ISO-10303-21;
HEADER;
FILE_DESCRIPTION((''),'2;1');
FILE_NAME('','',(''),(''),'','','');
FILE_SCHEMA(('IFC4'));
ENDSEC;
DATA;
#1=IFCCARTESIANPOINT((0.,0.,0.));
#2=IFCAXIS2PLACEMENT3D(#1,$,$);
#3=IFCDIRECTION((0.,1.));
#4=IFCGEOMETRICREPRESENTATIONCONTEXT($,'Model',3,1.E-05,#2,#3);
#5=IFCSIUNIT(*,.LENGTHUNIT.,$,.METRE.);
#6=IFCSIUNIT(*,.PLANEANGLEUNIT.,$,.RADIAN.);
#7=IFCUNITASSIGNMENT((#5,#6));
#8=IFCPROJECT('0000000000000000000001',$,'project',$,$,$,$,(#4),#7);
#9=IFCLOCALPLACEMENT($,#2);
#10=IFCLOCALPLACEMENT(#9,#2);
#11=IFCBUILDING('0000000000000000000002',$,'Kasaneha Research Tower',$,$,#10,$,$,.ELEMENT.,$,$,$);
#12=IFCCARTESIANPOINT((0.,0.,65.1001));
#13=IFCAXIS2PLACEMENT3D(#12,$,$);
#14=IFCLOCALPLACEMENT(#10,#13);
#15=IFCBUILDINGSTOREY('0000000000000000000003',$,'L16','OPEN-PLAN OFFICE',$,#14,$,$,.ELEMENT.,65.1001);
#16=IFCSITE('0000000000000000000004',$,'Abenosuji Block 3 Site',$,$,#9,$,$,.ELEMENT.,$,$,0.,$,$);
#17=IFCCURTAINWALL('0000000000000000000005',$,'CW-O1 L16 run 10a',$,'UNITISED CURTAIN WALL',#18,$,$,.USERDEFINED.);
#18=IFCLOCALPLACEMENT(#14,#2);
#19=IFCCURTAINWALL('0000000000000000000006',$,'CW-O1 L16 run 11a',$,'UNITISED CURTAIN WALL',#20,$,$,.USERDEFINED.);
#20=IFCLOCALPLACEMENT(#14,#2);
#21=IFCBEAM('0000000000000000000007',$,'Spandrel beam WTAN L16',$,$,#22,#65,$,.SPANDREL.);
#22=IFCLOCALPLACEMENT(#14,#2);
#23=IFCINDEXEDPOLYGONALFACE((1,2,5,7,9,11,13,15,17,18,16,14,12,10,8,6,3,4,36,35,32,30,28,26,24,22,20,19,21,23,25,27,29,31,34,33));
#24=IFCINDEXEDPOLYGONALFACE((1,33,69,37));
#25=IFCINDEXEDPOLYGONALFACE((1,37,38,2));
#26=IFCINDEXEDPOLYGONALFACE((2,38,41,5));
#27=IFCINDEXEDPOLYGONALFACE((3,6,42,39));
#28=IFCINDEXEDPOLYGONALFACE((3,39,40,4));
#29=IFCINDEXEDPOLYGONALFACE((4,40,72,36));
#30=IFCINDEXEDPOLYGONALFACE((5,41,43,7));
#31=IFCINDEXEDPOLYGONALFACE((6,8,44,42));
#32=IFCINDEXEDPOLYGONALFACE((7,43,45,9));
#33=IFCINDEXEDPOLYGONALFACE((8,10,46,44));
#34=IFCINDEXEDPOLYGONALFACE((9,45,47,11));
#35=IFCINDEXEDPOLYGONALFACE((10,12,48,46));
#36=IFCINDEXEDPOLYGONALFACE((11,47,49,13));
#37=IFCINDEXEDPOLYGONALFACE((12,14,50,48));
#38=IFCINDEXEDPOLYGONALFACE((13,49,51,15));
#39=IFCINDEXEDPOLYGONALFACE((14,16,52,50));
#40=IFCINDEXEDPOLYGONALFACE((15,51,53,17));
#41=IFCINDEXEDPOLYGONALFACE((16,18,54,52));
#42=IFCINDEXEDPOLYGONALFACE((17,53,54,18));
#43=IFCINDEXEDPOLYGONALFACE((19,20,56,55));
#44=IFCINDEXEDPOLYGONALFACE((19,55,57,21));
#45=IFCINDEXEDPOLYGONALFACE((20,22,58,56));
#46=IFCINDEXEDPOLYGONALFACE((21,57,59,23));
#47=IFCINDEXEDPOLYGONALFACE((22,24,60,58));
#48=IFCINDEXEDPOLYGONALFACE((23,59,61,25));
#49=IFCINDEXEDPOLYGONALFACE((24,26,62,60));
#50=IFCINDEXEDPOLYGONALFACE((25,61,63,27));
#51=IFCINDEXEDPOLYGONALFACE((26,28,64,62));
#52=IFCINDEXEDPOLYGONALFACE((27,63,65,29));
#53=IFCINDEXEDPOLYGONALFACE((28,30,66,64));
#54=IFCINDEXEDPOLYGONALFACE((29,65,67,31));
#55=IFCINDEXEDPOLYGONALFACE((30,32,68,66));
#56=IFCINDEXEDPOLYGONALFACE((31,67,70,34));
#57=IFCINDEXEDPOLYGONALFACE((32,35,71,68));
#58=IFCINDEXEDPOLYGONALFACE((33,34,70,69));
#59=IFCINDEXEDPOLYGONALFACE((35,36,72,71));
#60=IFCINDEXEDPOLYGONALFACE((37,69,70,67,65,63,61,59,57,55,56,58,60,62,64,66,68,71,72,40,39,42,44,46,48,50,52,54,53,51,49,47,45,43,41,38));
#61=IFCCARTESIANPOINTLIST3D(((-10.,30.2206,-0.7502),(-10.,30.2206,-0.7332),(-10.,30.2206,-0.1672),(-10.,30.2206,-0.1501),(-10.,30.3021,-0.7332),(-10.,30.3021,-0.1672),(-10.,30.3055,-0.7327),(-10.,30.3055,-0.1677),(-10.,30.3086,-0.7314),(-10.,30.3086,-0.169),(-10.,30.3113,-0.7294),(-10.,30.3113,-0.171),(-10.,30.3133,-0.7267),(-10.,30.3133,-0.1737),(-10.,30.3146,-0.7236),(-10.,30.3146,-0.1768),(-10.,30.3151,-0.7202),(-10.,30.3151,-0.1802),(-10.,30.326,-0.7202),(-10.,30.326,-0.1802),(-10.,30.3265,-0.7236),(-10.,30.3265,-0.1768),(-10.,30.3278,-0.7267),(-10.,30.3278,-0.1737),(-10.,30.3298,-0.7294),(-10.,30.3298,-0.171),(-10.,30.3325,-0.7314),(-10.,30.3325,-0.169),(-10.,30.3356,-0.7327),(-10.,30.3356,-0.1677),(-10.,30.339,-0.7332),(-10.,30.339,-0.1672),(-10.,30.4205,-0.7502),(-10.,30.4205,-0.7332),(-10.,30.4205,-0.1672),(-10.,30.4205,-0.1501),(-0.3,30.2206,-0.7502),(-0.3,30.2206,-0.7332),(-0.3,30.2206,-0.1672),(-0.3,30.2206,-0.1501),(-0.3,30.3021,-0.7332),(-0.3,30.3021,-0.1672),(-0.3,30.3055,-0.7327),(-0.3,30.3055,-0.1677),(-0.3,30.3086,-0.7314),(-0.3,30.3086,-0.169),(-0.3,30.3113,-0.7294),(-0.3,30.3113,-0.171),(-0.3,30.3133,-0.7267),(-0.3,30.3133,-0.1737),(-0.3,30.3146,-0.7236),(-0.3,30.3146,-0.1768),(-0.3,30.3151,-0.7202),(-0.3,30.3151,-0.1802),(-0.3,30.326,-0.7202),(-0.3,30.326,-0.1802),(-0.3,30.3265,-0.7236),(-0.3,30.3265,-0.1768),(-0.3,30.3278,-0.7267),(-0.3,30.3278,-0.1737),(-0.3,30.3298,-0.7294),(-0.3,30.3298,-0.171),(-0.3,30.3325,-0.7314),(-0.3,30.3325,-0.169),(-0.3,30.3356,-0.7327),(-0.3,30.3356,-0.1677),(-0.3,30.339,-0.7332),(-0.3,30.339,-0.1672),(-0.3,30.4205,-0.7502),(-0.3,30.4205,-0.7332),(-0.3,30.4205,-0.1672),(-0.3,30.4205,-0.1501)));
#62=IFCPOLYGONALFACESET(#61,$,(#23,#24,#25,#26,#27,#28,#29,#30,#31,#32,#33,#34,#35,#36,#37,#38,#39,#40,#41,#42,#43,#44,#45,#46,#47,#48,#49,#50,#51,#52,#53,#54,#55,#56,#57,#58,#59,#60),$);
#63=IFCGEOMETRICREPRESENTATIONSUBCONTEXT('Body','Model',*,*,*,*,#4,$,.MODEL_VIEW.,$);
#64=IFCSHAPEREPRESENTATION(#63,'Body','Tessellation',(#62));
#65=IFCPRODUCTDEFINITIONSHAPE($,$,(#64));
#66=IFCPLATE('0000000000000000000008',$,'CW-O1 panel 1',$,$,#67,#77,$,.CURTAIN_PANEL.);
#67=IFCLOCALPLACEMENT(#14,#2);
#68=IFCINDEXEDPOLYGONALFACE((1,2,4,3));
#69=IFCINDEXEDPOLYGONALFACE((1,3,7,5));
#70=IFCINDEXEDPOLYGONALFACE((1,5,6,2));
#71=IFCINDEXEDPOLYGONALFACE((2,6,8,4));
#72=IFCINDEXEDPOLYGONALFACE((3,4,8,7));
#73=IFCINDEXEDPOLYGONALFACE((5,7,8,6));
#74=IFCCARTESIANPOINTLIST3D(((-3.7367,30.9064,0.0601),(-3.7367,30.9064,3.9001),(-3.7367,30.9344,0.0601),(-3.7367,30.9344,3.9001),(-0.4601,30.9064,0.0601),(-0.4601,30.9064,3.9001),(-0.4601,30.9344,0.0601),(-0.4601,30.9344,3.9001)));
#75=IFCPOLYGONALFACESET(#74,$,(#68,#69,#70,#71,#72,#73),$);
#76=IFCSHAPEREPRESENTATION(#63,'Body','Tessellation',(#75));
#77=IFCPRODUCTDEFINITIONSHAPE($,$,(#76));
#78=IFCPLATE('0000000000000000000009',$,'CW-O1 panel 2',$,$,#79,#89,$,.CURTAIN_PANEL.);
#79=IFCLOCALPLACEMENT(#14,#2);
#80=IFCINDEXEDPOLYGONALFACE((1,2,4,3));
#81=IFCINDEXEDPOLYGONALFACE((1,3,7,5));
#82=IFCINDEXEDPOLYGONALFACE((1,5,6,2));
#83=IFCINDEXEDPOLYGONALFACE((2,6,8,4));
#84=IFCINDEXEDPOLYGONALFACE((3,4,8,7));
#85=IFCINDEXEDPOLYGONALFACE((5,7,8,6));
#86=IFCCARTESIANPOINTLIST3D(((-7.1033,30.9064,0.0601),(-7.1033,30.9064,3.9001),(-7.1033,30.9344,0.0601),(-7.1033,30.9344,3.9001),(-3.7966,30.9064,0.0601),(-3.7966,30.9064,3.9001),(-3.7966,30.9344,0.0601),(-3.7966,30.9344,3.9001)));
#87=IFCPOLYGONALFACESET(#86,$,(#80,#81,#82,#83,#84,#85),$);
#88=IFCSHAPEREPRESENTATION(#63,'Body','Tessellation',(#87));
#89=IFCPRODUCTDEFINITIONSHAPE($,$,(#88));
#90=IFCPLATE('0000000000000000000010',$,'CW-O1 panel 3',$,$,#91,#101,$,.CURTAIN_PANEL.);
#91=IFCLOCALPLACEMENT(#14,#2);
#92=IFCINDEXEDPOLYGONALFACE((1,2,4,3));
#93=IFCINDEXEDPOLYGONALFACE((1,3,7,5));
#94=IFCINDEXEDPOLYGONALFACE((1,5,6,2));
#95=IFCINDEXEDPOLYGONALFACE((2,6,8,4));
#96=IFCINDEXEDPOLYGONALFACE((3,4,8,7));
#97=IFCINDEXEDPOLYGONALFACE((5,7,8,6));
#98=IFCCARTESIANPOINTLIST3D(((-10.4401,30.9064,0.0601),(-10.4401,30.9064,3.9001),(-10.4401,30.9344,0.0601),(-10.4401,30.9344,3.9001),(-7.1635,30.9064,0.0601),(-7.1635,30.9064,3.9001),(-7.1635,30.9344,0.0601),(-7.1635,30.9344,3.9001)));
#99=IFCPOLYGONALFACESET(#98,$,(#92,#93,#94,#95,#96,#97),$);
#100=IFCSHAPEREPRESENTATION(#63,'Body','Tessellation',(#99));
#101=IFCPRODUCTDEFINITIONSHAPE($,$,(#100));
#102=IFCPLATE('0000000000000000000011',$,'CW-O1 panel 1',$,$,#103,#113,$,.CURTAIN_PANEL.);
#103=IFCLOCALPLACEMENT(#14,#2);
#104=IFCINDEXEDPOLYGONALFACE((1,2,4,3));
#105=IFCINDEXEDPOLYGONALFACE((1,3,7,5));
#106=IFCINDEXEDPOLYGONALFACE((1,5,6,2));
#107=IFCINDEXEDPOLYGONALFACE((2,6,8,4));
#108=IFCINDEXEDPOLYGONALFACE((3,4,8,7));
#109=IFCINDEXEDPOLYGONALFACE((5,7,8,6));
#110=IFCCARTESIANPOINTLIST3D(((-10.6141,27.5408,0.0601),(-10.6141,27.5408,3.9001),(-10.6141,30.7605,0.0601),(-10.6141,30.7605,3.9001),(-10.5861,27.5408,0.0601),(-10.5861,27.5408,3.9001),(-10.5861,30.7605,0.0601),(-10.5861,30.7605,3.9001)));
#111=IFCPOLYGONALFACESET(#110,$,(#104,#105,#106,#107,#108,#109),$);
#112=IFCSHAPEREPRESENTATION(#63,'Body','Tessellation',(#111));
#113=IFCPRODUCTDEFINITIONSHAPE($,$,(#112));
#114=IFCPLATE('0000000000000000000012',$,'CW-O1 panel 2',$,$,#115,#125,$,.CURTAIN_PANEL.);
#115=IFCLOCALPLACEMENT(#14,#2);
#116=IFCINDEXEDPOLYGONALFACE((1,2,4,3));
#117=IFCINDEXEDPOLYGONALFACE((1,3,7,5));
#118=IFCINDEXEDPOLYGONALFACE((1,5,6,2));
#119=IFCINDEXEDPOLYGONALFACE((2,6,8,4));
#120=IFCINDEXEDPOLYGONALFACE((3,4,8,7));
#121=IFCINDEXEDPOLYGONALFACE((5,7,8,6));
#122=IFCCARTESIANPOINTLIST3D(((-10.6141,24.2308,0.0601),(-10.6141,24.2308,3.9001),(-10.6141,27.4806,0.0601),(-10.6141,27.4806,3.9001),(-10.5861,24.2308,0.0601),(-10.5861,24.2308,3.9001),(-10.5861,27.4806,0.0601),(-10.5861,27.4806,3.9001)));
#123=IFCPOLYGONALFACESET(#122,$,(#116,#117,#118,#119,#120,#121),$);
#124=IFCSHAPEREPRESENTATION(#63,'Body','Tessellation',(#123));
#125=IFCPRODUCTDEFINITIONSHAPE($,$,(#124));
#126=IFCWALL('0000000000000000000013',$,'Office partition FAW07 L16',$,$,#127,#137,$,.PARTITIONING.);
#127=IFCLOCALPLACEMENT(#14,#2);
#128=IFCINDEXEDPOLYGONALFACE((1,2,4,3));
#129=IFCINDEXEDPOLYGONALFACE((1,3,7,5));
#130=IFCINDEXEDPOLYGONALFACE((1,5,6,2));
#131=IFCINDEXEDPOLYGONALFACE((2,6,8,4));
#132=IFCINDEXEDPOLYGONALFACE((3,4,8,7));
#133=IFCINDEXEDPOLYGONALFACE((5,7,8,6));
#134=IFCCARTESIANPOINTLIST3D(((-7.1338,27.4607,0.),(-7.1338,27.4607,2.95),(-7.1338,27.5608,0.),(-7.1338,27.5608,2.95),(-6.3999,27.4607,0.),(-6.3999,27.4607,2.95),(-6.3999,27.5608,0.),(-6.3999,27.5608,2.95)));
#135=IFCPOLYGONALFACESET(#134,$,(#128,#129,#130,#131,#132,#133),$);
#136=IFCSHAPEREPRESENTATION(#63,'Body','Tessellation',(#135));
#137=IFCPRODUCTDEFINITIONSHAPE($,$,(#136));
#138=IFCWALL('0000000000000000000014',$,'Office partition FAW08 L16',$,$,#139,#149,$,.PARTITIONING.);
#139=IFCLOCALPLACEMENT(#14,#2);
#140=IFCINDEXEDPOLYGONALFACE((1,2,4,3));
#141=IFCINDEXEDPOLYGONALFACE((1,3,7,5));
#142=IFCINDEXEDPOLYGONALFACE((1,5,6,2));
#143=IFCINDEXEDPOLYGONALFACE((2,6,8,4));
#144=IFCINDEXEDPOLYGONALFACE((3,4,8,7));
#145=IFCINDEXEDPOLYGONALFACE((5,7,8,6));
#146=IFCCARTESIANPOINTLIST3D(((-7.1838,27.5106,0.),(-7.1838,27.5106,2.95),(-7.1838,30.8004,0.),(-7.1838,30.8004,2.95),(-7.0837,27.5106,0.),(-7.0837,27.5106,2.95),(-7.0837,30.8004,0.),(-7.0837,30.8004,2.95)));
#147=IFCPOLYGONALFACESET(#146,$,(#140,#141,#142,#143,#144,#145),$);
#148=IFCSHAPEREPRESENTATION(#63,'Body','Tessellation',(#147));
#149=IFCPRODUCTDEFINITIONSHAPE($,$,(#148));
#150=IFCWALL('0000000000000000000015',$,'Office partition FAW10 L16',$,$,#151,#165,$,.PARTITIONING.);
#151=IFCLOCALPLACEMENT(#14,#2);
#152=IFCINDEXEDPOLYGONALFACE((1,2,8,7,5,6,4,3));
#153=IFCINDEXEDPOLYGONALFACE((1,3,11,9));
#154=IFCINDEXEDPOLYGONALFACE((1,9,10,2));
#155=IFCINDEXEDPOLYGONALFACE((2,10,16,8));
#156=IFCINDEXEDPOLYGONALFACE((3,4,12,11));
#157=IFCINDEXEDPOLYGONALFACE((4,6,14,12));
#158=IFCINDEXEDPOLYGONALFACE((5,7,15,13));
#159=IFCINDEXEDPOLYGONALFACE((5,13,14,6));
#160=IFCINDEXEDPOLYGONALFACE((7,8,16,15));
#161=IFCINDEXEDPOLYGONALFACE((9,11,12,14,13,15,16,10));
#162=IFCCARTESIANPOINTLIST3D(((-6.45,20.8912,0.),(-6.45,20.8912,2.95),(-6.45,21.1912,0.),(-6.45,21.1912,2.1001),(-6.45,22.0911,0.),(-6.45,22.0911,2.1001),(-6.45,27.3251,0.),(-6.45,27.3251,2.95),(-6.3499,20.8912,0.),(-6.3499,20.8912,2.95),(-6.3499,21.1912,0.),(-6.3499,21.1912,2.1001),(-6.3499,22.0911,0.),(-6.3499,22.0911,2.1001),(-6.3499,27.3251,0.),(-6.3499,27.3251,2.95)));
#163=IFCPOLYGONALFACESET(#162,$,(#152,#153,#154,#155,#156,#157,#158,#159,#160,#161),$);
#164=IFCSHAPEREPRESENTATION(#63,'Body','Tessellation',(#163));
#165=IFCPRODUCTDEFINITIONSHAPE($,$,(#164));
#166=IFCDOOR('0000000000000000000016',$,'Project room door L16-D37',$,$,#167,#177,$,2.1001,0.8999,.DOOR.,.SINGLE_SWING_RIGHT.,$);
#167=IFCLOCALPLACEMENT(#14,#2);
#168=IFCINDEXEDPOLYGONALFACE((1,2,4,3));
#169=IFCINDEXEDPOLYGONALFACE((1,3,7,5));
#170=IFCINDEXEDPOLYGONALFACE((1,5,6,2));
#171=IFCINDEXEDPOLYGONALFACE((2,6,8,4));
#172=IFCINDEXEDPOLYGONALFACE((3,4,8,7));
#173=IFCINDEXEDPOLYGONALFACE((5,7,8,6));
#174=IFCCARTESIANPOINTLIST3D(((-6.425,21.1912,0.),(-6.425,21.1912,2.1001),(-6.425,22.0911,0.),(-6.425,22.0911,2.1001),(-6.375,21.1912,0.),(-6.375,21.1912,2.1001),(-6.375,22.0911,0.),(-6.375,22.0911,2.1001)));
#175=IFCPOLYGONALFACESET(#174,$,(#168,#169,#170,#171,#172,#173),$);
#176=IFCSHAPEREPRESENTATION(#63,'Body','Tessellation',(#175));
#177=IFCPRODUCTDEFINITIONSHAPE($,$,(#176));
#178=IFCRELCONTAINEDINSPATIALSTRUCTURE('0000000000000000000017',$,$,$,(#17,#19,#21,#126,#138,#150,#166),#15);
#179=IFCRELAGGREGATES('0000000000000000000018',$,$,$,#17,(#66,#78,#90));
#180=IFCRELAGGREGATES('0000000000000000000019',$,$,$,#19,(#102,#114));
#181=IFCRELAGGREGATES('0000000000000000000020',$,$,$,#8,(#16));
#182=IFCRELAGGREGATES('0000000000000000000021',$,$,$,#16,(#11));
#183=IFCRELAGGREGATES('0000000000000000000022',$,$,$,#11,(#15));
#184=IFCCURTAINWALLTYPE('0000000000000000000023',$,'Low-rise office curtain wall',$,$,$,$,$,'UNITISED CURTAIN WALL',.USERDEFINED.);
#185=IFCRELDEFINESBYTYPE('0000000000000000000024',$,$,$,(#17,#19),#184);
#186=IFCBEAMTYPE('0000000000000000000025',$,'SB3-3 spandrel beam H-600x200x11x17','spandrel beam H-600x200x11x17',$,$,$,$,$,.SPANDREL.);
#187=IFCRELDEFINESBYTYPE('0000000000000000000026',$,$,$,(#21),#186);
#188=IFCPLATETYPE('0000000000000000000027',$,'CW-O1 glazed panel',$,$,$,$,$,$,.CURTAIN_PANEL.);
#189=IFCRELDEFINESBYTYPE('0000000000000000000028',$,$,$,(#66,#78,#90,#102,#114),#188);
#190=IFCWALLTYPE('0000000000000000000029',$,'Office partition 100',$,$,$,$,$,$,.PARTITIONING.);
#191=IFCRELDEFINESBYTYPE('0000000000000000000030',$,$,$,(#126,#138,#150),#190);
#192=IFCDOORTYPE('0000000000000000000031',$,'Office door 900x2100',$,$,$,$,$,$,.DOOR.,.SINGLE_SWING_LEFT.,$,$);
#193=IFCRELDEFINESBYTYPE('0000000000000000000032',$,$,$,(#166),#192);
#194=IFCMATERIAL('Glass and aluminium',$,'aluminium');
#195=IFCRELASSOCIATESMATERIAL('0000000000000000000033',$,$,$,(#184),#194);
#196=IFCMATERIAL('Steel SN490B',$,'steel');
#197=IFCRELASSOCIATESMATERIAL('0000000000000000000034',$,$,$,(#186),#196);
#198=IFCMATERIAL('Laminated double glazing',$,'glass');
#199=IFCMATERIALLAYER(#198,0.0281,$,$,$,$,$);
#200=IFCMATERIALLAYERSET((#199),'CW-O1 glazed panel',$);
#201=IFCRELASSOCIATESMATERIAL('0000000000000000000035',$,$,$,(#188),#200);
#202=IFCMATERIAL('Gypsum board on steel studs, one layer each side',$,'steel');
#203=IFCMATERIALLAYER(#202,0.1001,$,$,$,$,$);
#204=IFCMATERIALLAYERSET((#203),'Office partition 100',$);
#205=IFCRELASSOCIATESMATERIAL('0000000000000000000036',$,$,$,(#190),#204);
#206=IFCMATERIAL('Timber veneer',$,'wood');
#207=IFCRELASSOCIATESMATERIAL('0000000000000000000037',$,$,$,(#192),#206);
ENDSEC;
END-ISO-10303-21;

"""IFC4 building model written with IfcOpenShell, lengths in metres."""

from ifc_helpers import new_model, si_unit, direction, frame, frame_2d, origin, origin_2d, place, context, subcontext, project, spatial, rectangle, i_section, extrude, material, layer, layer_set, material_profile, profile_set, type_object, element, fill, aggregate, save


model = new_model("IFC4")

# Units and contexts
model_context = context("Model", 3, precision=1e-05, world=origin(), true_north=direction((0.0, 1.0)))
body_context = subcontext(model_context, "Body", "Model", "MODEL_VIEW")
ifc_project = project(units=[si_unit("LENGTHUNIT", "METRE"), si_unit("PLANEANGLEUNIT", "RADIAN")], contexts=[model_context])

# Site, building, storey
site_placement = place(None, origin())
site = spatial("IfcSite", under=ifc_project, at=site_placement, Name="Abenosuji Block 3 Site", CompositionType="ELEMENT", RefElevation=0.0)
building_placement = place(site_placement, origin())
building = spatial("IfcBuilding", under=site, at=building_placement, Name="Kasaneha Research Tower", CompositionType="ELEMENT")
storey_placement = place(building_placement, frame((0.0, 0.0, 65.1001)))
storey = spatial("IfcBuildingStorey", under=building, at=storey_placement, Name="L16", Description="OPEN-PLAN OFFICE", CompositionType="ELEMENT", Elevation=65.1001)

# Curtain walls
ifc_material_1 = material(Name="Glass and aluminium", Category="aluminium")
curtain_wall_type = type_object("IfcCurtainWallType", Name="Low-rise office curtain wall", ElementType="UNITISED CURTAIN WALL", PredefinedType="USERDEFINED", material=ifc_material_1)
curtain_wall_1_placement = place(storey_placement, origin())
curtain_wall_1 = element("IfcCurtainWall", 1, at=curtain_wall_1_placement, inside=storey, type_object=curtain_wall_type, Name="CW-O1 L16 run 10a", ObjectType="UNITISED CURTAIN WALL", PredefinedType="USERDEFINED")
curtain_wall_2_placement = place(storey_placement, origin())
curtain_wall_2 = element("IfcCurtainWall", 2, at=curtain_wall_2_placement, inside=storey, type_object=curtain_wall_type, Name="CW-O1 L16 run 11a", ObjectType="UNITISED CURTAIN WALL", PredefinedType="USERDEFINED")

# Beam
ifc_material_2 = material(Name="Steel SN490B", Category="steel")
ifc_material_profile_1 = material_profile(ifc_material_2, i_section(OverallWidth=0.2, OverallDepth=0.6001, WebThickness=0.011, FlangeThickness=0.0171, FilletRadius=0.0129, at=origin_2d()), Name="H-600x200x11x17")
ifc_profile_set_1 = profile_set([ifc_material_profile_1], Name="Steel SN490B")
beam_type_1 = type_object("IfcBeamType", Name="SB3-3 spandrel beam H-600x200x11x17", Description="spandrel beam H-600x200x11x17", PredefinedType="SPANDREL", material=ifc_profile_set_1)
beam_1_placement = place(storey_placement, frame((-10.0, 30.3206, -0.4502), z_axis=(1.0, 0.0, 0.0), x_axis=(0.0, 1.0, 0.0)))
element("IfcBeam", 3, at=beam_1_placement, inside=storey, type_object=beam_type_1, Name="Spandrel beam WTAN L16", PredefinedType="SPANDREL", context=body_context, shape_type="SweptSolid", body=[
    extrude(i_section(OverallWidth=0.2, OverallDepth=0.6001, WebThickness=0.011, FlangeThickness=0.0171, FilletRadius=0.0129, at=origin_2d()), origin(), (0.0, 0.0, 1.0), 9.7),
])

# Plates
ifc_material_3 = material(Name="Laminated double glazing", Category="glass")
ifc_layer_1 = layer(ifc_material_3, 0.0281)
ifc_layer_set_1 = layer_set([ifc_layer_1], Name="CW-O1 glazed panel")
plate_type = type_object("IfcPlateType", Name="CW-O1 glazed panel", PredefinedType="CURTAIN_PANEL", material=ifc_layer_set_1)
plate_1_placement = place(storey_placement, frame((-2.0984, 30.9204, 0.0601), z_axis=(0.0, 0.0, 1.0), x_axis=(-1.0, 0.0, 0.0)))
plate_1 = element("IfcPlate", 4, at=plate_1_placement, type_object=plate_type, Name="CW-O1 panel 1", PredefinedType="CURTAIN_PANEL", context=body_context, shape_type="SweptSolid", body=[
    extrude(rectangle(XDim=3.2766, YDim=0.0281, at=origin_2d()), origin(), (0.0, 0.0, 1.0), 3.8401),
])
plate_2_placement = place(storey_placement, frame((-5.45, 30.9204, 0.0601), z_axis=(0.0, 0.0, 1.0), x_axis=(-1.0, 0.0, 0.0)))
plate_2 = element("IfcPlate", 5, at=plate_2_placement, type_object=plate_type, Name="CW-O1 panel 2", PredefinedType="CURTAIN_PANEL", context=body_context, shape_type="SweptSolid", body=[
    extrude(rectangle(XDim=3.3066, YDim=0.0281, at=origin_2d()), origin(), (0.0, 0.0, 1.0), 3.8401),
])
plate_3_placement = place(storey_placement, frame((-8.8018, 30.9204, 0.0601), z_axis=(0.0, 0.0, 1.0), x_axis=(-1.0, 0.0, 0.0)))
plate_3 = element("IfcPlate", 6, at=plate_3_placement, type_object=plate_type, Name="CW-O1 panel 3", PredefinedType="CURTAIN_PANEL", context=body_context, shape_type="SweptSolid", body=[
    extrude(rectangle(XDim=3.2766, YDim=0.0281, at=origin_2d()), origin(), (0.0, 0.0, 1.0), 3.8401),
])
aggregate(curtain_wall_1, [plate_1, plate_2, plate_3])
plate_4_placement = place(storey_placement, frame((-10.6001, 29.1506, 0.0601), z_axis=(0.0, 0.0, 1.0), x_axis=(0.0, -1.0, 0.0)))
plate_4 = element("IfcPlate", 7, at=plate_4_placement, type_object=plate_type, Name="CW-O1 panel 1", PredefinedType="CURTAIN_PANEL", context=body_context, shape_type="SweptSolid", body=[
    extrude(rectangle(XDim=3.2197, YDim=0.0281, at=origin_2d()), origin(), (0.0, 0.0, 1.0), 3.8401),
])
plate_5_placement = place(storey_placement, frame((-10.6001, 25.8557, 0.0601), z_axis=(0.0, 0.0, 1.0), x_axis=(0.0, -1.0, 0.0)))
plate_5 = element("IfcPlate", 8, at=plate_5_placement, type_object=plate_type, Name="CW-O1 panel 2", PredefinedType="CURTAIN_PANEL", context=body_context, shape_type="SweptSolid", body=[
    extrude(rectangle(XDim=3.2498, YDim=0.0281, at=origin_2d()), origin(), (0.0, 0.0, 1.0), 3.8401),
])
aggregate(curtain_wall_2, [plate_4, plate_5])

# Walls
ifc_material_4 = material(Name="Gypsum board on steel studs, one layer each side", Category="steel")
ifc_layer_2 = layer(ifc_material_4, 0.1001)
ifc_layer_set_2 = layer_set([ifc_layer_2], Name="Office partition 100")
wall_type = type_object("IfcWallType", Name="Office partition 100", PredefinedType="PARTITIONING", material=ifc_layer_set_2)
wall_1_placement = place(storey_placement, frame((-7.1338, 27.5107, 0.0), z_axis=(0.0, 0.0, 1.0), x_axis=(1.0, 0.0, 0.0)))
element("IfcWall", 9, at=wall_1_placement, inside=storey, type_object=wall_type, Name="Office partition FAW07 L16", PredefinedType="PARTITIONING", context=body_context, shape_type="SweptSolid", body=[
    extrude(rectangle(XDim=0.7339, YDim=0.1001, at=frame_2d((0.3669, 0.0))), origin(), (0.0, 0.0, 1.0), 2.95),
])
wall_2_placement = place(storey_placement, frame((-7.1338, 30.8005, 0.0), z_axis=(0.0, 0.0, 1.0), x_axis=(0.0, -1.0, 0.0)))
element("IfcWall", 10, at=wall_2_placement, inside=storey, type_object=wall_type, Name="Office partition FAW08 L16", PredefinedType="PARTITIONING", context=body_context, shape_type="SweptSolid", body=[
    extrude(rectangle(XDim=3.2898, YDim=0.1001, at=frame_2d((1.645, 0.0))), origin(), (0.0, 0.0, 1.0), 2.95),
])

# Wall, opening, door
wall_3_placement = place(storey_placement, frame((-6.3999, 27.325, 0.0), z_axis=(0.0, 0.0, 1.0), x_axis=(0.0, -1.0, 0.0)))
wall_3 = element("IfcWall", 11, at=wall_3_placement, inside=storey, type_object=wall_type, Name="Office partition FAW10 L16", PredefinedType="PARTITIONING", context=body_context, shape_type="SweptSolid", body=[
    extrude(rectangle(XDim=6.4338, YDim=0.1001, at=frame_2d((3.2168, 0.0))), origin(), (0.0, 0.0, 1.0), 2.95),
])
opening_1_placement = place(wall_3_placement, frame((5.2339, 0.0, 0.0)))
opening_1 = element("IfcOpeningElement", 12, at=opening_1_placement, cuts=wall_3, PredefinedType="OPENING", context=body_context, shape_type="SweptSolid", body=[
    extrude(rectangle(XDim=0.8999, YDim=2.1001, at=frame_2d((0.45, 1.05))), frame((0.0, 0.0601, 0.0), z_axis=(0.0, -1.0, 0.0), x_axis=(1.0, 0.0, 0.0)), (0.0, 0.0, 1.0), 0.1201),
])
ifc_material_5 = material(Name="Timber veneer", Category="wood")
door_type = type_object("IfcDoorType", Name="Office door 900x2100", OperationType="SINGLE_SWING_LEFT", PredefinedType="DOOR", material=ifc_material_5)
door_1_placement = place(opening_1_placement, origin())
door_1 = element("IfcDoor", 13, at=door_1_placement, inside=storey, type_object=door_type, Name="Project room door L16-D37", OperationType="SINGLE_SWING_RIGHT", OverallHeight=2.1001, OverallWidth=0.8999, PredefinedType="DOOR", context=body_context, shape_type="SweptSolid", body=[
    extrude(rectangle(XDim=0.8999, YDim=2.1001, at=frame_2d((0.45, 1.05))), frame((0.0, 0.0249, 0.0), z_axis=(0.0, -1.0, 0.0), x_axis=(1.0, 0.0, 0.0)), (0.0, 0.0, 1.0), 0.05),
])
fill(opening_1, door_1)

save(model, "model.ifc")
